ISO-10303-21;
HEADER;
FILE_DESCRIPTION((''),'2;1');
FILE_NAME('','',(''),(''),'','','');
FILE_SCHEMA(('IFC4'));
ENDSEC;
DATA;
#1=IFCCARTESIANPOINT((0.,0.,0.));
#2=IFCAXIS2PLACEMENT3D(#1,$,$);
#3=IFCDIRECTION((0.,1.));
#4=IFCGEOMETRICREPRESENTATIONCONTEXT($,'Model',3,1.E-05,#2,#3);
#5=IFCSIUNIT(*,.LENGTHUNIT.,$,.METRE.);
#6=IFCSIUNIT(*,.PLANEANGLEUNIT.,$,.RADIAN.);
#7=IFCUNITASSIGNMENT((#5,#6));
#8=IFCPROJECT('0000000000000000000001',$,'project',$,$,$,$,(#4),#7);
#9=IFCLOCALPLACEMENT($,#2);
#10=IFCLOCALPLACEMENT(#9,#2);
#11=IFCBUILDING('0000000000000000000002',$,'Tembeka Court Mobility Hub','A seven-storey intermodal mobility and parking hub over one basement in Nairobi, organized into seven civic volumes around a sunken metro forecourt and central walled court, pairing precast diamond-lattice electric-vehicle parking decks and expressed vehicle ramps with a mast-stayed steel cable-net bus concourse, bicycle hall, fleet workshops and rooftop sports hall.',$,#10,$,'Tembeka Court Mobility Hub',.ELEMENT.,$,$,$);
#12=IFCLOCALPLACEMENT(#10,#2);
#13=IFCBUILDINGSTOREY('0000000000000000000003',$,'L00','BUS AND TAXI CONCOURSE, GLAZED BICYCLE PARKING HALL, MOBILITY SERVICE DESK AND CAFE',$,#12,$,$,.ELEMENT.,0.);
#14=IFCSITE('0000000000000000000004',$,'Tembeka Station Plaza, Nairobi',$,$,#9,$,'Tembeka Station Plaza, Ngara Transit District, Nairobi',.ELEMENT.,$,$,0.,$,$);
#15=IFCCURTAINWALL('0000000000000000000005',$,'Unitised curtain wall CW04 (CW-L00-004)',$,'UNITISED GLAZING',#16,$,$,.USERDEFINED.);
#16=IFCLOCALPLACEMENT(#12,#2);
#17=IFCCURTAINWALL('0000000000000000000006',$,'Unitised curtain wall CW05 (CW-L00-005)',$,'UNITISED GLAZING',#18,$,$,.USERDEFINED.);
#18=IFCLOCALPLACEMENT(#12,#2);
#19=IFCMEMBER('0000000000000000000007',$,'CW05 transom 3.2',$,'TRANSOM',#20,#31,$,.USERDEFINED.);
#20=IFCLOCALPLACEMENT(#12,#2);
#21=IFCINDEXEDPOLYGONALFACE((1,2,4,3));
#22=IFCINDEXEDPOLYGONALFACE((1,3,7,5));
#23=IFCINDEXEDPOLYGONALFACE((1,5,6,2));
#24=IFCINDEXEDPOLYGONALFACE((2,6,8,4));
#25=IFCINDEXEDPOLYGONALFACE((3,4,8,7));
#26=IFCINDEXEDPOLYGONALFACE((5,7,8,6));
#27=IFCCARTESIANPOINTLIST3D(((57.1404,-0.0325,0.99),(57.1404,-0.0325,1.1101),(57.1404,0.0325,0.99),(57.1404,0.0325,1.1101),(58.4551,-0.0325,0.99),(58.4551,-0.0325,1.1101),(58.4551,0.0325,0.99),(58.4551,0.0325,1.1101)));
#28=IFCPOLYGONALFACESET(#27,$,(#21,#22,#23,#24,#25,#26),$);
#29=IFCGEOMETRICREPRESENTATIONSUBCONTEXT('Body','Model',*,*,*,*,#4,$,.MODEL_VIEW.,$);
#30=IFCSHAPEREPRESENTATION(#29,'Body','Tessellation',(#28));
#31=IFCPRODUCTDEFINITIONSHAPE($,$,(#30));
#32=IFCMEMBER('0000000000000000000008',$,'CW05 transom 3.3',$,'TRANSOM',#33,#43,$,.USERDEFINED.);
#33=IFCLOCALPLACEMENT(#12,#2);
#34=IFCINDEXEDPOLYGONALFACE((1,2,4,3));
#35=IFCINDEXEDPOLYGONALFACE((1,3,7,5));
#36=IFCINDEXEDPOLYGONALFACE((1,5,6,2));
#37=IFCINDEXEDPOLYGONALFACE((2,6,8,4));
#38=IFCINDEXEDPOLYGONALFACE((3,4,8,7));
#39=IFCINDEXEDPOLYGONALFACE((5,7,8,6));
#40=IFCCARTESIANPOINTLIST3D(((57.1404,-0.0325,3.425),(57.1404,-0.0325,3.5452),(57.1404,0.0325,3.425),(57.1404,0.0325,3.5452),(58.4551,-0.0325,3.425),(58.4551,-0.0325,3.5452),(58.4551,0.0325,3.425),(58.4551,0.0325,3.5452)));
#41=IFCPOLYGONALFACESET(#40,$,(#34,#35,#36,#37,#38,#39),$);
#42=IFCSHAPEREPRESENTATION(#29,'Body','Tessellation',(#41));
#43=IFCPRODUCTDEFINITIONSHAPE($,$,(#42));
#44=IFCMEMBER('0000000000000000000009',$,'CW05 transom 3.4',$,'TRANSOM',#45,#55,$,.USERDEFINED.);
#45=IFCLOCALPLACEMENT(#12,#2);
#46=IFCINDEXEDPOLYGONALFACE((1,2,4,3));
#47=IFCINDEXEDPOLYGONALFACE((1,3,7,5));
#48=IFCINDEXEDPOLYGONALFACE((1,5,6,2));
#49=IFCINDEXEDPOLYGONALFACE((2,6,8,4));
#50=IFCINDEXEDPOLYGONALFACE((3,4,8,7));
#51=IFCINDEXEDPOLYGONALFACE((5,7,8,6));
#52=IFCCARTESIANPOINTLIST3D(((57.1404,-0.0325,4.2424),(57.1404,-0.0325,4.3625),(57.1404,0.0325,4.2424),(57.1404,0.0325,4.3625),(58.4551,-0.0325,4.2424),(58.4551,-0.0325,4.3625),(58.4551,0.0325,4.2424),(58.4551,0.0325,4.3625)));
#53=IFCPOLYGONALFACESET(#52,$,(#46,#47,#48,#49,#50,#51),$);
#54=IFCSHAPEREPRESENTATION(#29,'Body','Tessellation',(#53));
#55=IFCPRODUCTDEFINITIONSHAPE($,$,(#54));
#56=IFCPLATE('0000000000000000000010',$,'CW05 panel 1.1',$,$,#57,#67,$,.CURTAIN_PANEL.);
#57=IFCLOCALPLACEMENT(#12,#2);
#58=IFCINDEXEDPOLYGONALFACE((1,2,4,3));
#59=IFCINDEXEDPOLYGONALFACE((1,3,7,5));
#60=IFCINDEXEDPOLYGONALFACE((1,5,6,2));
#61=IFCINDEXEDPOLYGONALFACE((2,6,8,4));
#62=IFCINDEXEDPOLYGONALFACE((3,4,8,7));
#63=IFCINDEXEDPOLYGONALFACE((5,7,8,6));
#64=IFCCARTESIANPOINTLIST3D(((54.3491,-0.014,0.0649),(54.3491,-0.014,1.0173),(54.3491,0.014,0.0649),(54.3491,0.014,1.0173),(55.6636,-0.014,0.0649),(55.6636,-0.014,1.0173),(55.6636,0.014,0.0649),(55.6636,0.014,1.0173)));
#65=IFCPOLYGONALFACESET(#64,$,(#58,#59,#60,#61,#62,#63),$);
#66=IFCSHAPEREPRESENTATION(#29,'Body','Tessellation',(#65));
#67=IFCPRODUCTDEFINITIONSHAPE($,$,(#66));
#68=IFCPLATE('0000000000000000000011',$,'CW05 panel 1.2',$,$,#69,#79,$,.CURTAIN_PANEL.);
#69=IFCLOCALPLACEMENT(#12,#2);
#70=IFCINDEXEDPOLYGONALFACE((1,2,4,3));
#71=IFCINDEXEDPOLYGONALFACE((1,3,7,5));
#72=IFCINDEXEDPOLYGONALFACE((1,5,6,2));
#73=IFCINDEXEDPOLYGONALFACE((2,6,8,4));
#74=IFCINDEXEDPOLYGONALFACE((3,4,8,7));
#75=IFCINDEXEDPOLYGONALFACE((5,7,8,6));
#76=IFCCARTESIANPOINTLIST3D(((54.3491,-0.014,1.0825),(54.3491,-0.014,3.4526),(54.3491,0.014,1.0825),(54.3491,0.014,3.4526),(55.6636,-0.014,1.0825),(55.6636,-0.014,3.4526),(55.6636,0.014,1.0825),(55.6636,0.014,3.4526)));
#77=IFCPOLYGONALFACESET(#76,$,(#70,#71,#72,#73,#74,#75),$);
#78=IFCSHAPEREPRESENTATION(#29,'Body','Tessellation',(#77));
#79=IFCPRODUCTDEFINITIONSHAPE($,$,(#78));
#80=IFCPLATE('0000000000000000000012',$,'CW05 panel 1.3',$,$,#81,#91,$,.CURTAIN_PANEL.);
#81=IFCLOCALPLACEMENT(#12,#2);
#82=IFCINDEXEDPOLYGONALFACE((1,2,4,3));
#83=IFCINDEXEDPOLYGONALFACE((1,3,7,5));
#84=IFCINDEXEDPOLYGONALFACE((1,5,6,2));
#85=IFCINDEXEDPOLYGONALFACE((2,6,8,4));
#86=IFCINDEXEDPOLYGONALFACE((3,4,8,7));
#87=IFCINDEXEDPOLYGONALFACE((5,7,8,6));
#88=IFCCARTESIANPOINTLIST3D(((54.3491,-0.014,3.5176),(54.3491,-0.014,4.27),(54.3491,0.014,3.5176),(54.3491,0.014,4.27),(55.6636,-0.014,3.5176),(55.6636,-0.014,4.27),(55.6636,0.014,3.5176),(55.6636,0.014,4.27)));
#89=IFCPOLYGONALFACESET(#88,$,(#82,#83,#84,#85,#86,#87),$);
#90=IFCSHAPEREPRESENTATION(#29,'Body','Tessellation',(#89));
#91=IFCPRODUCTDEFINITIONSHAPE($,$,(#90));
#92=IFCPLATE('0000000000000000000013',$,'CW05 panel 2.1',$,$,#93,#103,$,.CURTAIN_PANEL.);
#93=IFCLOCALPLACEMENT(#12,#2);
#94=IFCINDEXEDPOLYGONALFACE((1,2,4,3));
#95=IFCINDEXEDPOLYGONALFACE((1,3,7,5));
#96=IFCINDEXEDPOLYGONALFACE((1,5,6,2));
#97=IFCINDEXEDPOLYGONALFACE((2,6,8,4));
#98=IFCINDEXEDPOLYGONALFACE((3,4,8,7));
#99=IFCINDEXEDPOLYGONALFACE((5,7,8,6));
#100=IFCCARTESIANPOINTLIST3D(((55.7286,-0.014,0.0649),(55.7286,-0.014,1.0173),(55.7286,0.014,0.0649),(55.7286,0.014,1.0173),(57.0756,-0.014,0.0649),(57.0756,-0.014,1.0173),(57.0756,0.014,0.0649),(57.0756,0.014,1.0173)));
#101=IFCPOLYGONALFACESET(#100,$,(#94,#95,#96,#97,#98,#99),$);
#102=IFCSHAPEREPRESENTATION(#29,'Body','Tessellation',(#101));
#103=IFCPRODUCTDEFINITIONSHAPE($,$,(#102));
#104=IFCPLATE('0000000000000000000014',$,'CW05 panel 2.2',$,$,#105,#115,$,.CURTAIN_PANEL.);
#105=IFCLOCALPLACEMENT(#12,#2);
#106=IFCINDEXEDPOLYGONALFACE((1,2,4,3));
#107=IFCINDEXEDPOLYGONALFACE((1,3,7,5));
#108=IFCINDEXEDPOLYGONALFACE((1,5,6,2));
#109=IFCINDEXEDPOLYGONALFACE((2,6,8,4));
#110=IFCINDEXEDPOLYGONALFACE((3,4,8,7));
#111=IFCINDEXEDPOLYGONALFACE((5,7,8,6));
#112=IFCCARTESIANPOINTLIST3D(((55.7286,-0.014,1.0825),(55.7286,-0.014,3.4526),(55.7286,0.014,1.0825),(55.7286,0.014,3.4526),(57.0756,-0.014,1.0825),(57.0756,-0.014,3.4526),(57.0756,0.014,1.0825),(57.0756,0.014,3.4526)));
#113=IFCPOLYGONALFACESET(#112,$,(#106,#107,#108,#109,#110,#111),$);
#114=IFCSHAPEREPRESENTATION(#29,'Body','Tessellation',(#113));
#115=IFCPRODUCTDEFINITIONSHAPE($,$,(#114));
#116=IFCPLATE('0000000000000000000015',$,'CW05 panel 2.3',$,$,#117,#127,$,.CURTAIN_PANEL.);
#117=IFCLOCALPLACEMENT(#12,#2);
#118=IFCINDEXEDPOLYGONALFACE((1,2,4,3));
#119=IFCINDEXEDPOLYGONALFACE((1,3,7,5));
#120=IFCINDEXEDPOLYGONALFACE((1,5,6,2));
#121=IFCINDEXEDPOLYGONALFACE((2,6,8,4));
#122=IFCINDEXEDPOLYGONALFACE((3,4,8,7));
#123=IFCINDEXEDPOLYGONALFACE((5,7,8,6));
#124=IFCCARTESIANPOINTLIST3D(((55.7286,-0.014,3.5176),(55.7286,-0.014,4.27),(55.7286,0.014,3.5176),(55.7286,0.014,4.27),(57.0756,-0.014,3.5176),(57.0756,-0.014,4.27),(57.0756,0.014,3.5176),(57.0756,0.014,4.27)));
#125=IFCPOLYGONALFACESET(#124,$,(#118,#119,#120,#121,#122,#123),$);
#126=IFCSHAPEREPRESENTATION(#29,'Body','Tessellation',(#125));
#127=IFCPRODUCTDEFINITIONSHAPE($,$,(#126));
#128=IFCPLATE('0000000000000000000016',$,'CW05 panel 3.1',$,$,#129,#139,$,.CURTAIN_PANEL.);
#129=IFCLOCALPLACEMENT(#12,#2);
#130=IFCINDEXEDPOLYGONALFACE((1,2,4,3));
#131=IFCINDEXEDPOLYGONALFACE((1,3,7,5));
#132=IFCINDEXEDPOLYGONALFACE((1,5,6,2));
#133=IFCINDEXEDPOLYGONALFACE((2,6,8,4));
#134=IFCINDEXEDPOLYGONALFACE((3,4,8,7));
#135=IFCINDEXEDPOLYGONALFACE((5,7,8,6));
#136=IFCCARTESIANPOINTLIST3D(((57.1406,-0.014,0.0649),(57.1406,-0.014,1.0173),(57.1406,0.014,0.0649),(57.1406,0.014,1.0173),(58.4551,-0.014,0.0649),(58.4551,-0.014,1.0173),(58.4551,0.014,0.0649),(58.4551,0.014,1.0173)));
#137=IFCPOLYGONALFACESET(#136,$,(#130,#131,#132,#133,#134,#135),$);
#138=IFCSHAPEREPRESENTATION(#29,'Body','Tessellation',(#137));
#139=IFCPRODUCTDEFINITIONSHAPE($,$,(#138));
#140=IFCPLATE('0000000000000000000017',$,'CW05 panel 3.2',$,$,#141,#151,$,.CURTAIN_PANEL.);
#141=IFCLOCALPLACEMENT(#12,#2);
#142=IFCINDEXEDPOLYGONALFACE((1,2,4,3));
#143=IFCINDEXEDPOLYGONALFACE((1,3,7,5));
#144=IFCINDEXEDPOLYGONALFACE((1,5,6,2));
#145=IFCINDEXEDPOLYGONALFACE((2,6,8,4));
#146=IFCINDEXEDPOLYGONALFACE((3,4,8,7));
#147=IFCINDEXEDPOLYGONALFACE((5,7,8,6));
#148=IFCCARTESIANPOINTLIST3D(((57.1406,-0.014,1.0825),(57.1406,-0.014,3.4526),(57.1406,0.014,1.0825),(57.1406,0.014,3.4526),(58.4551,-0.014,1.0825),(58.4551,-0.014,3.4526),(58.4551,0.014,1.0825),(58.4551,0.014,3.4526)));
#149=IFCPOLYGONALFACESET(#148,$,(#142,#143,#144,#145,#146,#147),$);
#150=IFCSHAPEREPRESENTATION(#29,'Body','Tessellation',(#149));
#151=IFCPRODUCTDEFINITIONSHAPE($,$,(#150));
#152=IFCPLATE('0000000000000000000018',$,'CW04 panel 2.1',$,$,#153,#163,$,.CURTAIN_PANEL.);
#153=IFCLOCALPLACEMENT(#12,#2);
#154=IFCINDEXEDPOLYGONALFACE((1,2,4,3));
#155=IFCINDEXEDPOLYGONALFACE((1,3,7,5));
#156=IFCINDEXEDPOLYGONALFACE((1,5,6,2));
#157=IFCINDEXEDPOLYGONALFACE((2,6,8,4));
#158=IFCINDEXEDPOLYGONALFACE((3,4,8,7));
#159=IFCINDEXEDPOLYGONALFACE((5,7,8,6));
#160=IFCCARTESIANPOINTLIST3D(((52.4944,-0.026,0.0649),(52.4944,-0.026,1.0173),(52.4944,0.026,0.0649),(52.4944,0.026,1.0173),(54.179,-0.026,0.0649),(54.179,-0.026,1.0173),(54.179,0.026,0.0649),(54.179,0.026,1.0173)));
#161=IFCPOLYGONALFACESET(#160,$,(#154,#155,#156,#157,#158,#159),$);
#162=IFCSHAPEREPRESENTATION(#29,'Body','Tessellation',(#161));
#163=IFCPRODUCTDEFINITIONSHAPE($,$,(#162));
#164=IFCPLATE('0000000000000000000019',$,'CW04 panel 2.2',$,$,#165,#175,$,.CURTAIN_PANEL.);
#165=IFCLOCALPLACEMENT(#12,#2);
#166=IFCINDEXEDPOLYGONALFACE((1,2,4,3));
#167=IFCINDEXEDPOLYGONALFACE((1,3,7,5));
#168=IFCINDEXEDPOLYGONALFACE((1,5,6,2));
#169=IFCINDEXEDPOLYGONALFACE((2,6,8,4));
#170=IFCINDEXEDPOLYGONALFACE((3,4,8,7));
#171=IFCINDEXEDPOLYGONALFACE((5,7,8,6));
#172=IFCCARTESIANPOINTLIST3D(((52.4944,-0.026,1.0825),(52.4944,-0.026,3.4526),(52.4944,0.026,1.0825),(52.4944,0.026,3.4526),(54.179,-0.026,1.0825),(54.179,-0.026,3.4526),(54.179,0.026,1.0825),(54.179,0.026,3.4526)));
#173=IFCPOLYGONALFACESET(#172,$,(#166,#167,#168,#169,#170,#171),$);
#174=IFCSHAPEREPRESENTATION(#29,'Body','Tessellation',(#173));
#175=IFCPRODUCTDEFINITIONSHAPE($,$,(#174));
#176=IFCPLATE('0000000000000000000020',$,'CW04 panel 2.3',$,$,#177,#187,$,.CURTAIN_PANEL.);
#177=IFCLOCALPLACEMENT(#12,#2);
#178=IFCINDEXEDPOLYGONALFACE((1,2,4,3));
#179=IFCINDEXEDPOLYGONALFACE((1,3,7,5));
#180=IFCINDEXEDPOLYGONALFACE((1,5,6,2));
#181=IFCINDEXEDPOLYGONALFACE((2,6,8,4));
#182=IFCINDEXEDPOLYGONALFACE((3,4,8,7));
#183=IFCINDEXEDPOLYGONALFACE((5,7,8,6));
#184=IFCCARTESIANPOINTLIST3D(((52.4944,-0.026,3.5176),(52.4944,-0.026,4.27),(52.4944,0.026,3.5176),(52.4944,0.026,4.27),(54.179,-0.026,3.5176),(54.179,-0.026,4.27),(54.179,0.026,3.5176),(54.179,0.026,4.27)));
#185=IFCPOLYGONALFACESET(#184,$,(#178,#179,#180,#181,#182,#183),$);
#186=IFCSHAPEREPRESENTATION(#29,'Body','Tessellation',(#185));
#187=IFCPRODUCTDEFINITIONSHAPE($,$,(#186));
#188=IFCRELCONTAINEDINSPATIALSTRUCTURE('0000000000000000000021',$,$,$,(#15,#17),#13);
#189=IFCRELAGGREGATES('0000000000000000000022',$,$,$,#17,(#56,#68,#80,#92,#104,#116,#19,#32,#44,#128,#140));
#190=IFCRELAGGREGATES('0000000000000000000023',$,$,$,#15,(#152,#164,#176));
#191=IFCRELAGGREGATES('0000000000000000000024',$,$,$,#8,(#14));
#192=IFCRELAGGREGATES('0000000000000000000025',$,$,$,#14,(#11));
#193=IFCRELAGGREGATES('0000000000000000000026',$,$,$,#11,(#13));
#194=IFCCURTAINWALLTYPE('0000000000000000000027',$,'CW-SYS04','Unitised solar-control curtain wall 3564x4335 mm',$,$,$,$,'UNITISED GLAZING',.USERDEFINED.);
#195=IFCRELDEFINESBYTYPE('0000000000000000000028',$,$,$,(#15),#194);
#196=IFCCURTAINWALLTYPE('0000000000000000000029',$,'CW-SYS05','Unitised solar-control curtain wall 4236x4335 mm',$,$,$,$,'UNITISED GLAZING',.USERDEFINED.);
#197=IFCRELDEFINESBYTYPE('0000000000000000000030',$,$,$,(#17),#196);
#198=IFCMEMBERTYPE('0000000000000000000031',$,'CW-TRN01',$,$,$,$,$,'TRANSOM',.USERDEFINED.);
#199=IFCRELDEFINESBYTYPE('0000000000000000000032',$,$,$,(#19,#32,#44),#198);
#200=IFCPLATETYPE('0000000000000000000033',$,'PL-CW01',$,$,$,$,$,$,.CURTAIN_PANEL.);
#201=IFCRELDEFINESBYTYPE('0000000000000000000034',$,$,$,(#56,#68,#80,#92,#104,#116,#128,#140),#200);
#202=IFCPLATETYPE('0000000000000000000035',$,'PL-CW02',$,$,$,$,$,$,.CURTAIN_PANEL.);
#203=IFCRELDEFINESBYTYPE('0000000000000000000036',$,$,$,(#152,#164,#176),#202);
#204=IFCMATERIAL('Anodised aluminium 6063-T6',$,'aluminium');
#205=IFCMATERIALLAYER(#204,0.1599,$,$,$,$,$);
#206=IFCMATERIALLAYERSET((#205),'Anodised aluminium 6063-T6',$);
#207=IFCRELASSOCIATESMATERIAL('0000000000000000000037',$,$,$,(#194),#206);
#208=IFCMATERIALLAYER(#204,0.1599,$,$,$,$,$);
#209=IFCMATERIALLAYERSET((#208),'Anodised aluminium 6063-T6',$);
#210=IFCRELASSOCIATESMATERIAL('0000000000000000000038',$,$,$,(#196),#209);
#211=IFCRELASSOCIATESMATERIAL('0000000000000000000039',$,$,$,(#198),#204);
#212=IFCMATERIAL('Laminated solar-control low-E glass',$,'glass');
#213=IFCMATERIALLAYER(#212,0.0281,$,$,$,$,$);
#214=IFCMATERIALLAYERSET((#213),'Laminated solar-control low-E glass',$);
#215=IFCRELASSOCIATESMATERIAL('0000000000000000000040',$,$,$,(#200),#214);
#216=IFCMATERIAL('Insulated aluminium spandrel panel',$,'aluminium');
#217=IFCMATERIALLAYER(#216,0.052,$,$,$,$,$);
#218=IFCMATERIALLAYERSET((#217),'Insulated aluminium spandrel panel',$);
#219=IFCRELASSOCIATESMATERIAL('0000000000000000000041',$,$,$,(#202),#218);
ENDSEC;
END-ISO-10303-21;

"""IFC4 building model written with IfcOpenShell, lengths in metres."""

from ifc_helpers import new_model, si_unit, direction, frame, origin, origin_2d, place, context, subcontext, project, spatial, rectangle, extrude, material, layer, layer_set, material_profile, profile_set, type_object, element, aggregate, save


model = new_model("IFC4")

# Units and contexts
model_context = context("Model", 3, precision=1e-05, world=origin(), true_north=direction((0.0, 1.0)))
body_context = subcontext(model_context, "Body", "Model", "MODEL_VIEW")
ifc_project = project(units=[si_unit("LENGTHUNIT", "METRE"), si_unit("PLANEANGLEUNIT", "RADIAN")], contexts=[model_context])

# Site, building, storey
site_placement = place(None, origin())
site = spatial("IfcSite", under=ifc_project, at=site_placement, Name="Tembeka Station Plaza, Nairobi", LongName="Tembeka Station Plaza, Ngara Transit District, Nairobi", CompositionType="ELEMENT", RefElevation=0.0)
building_placement = place(site_placement, origin())
building = spatial("IfcBuilding", under=site, at=building_placement, Name="Tembeka Court Mobility Hub", Description="A seven-storey intermodal mobility and parking hub over one basement in Nairobi, organized into seven civic volumes around a sunken metro forecourt and central walled court, pairing precast diamond-lattice electric-vehicle parking decks and expressed vehicle ramps with a mast-stayed steel cable-net bus concourse, bicycle hall, fleet workshops and rooftop sports hall.", LongName="Tembeka Court Mobility Hub", CompositionType="ELEMENT")
storey_placement = place(building_placement, origin())
storey = spatial("IfcBuildingStorey", under=building, at=storey_placement, Name="L00", Description="BUS AND TAXI CONCOURSE, GLAZED BICYCLE PARKING HALL, MOBILITY SERVICE DESK AND CAFE", CompositionType="ELEMENT", Elevation=0.0)

# Curtain wall
ifc_material_1 = material(Name="Anodised aluminium 6063-T6", Category="aluminium")
ifc_layer_1 = layer(ifc_material_1, 0.1599)
ifc_layer_set_1 = layer_set([ifc_layer_1], Name="Anodised aluminium 6063-T6")
curtain_wall_type_1 = type_object("IfcCurtainWallType", Name="CW-SYS04", Description="Unitised solar-control curtain wall 3564x4335 mm", ElementType="UNITISED GLAZING", PredefinedType="USERDEFINED", material=ifc_layer_set_1)
curtain_wall_1_placement = place(storey_placement, origin())
curtain_wall_1 = element("IfcCurtainWall", 1, at=curtain_wall_1_placement, inside=storey, type_object=curtain_wall_type_1, Name="Unitised curtain wall CW04 (CW-L00-004)", ObjectType="UNITISED GLAZING", PredefinedType="USERDEFINED")

# Curtain wall
ifc_layer_2 = layer(ifc_material_1, 0.1599)
ifc_layer_set_2 = layer_set([ifc_layer_2], Name="Anodised aluminium 6063-T6")
curtain_wall_type_2 = type_object("IfcCurtainWallType", Name="CW-SYS05", Description="Unitised solar-control curtain wall 4236x4335 mm", ElementType="UNITISED GLAZING", PredefinedType="USERDEFINED", material=ifc_layer_set_2)
curtain_wall_2_placement = place(storey_placement, origin())
curtain_wall_2 = element("IfcCurtainWall", 2, at=curtain_wall_2_placement, inside=storey, type_object=curtain_wall_type_2, Name="Unitised curtain wall CW05 (CW-L00-005)", ObjectType="UNITISED GLAZING", PredefinedType="USERDEFINED")

# Members
ifc_material_profile_1 = material_profile(ifc_material_1, rectangle(XDim=0.0649, YDim=0.1201, at=origin_2d()), Name="ALU-TRN 65x120")
ifc_profile_set_1 = profile_set([ifc_material_profile_1], Name="Anodised aluminium 6063-T6")
member_type_1 = type_object("IfcMemberType", Name="CW-TRN01", ElementType="TRANSOM", PredefinedType="USERDEFINED", material=ifc_profile_set_1)
member_1_placement = place(storey_placement, frame((57.1404, 0.0, 1.05), z_axis=(1.0, 0.0, 0.0), x_axis=(0.0, 1.0, 0.0)))
member_1 = element("IfcMember", 3, at=member_1_placement, type_object=member_type_1, Name="CW05 transom 3.2", ObjectType="TRANSOM", PredefinedType="USERDEFINED", context=body_context, shape_type="SweptSolid", body=[
    extrude(rectangle(XDim=0.0649, YDim=0.1201, at=origin_2d()), origin(), (0.0, 0.0, 1.0), 1.3147),
])
member_2_placement = place(storey_placement, frame((57.1404, 0.0, 3.4851), z_axis=(1.0, 0.0, 0.0), x_axis=(0.0, 1.0, 0.0)))
member_2 = element("IfcMember", 4, at=member_2_placement, type_object=member_type_1, Name="CW05 transom 3.3", ObjectType="TRANSOM", PredefinedType="USERDEFINED", context=body_context, shape_type="SweptSolid", body=[
    extrude(rectangle(XDim=0.0649, YDim=0.1201, at=origin_2d()), origin(), (0.0, 0.0, 1.0), 1.3147),
])
member_3_placement = place(storey_placement, frame((57.1404, 0.0, 4.3025), z_axis=(1.0, 0.0, 0.0), x_axis=(0.0, 1.0, 0.0)))
member_3 = element("IfcMember", 5, at=member_3_placement, type_object=member_type_1, Name="CW05 transom 3.4", ObjectType="TRANSOM", PredefinedType="USERDEFINED", context=body_context, shape_type="SweptSolid", body=[
    extrude(rectangle(XDim=0.0649, YDim=0.1201, at=origin_2d()), origin(), (0.0, 0.0, 1.0), 1.3147),
])

# Plates
ifc_material_2 = material(Name="Laminated solar-control low-E glass", Category="glass")
ifc_layer_3 = layer(ifc_material_2, 0.0281)
ifc_layer_set_3 = layer_set([ifc_layer_3], Name="Laminated solar-control low-E glass")
plate_type_1 = type_object("IfcPlateType", Name="PL-CW01", PredefinedType="CURTAIN_PANEL", material=ifc_layer_set_3)
plate_1_placement = place(storey_placement, frame((55.0063, 0.0, 0.0649), z_axis=(0.0, 0.0, 1.0), x_axis=(1.0, 0.0, 0.0)))
plate_1 = element("IfcPlate", 6, at=plate_1_placement, type_object=plate_type_1, Name="CW05 panel 1.1", PredefinedType="CURTAIN_PANEL", context=body_context, shape_type="SweptSolid", body=[
    extrude(rectangle(XDim=1.3145, YDim=0.0281, at=origin_2d()), origin(), (0.0, 0.0, 1.0), 0.9524),
])
plate_2_placement = place(storey_placement, frame((55.0063, 0.0, 1.0825), z_axis=(0.0, 0.0, 1.0), x_axis=(1.0, 0.0, 0.0)))
plate_2 = element("IfcPlate", 7, at=plate_2_placement, type_object=plate_type_1, Name="CW05 panel 1.2", PredefinedType="CURTAIN_PANEL", context=body_context, shape_type="SweptSolid", body=[
    extrude(rectangle(XDim=1.3145, YDim=0.0281, at=origin_2d()), origin(), (0.0, 0.0, 1.0), 2.3701),
])
plate_3_placement = place(storey_placement, frame((55.0063, 0.0, 3.5176), z_axis=(0.0, 0.0, 1.0), x_axis=(1.0, 0.0, 0.0)))
plate_3 = element("IfcPlate", 8, at=plate_3_placement, type_object=plate_type_1, Name="CW05 panel 1.3", PredefinedType="CURTAIN_PANEL", context=body_context, shape_type="SweptSolid", body=[
    extrude(rectangle(XDim=1.3145, YDim=0.0281, at=origin_2d()), origin(), (0.0, 0.0, 1.0), 0.7524),
])
plate_4_placement = place(storey_placement, frame((56.4021, 0.0, 0.0649), z_axis=(0.0, 0.0, 1.0), x_axis=(1.0, 0.0, 0.0)))
plate_4 = element("IfcPlate", 9, at=plate_4_placement, type_object=plate_type_1, Name="CW05 panel 2.1", PredefinedType="CURTAIN_PANEL", context=body_context, shape_type="SweptSolid", body=[
    extrude(rectangle(XDim=1.3469, YDim=0.0281, at=origin_2d()), origin(), (0.0, 0.0, 1.0), 0.9524),
])
plate_5_placement = place(storey_placement, frame((56.4021, 0.0, 1.0825), z_axis=(0.0, 0.0, 1.0), x_axis=(1.0, 0.0, 0.0)))
plate_5 = element("IfcPlate", 10, at=plate_5_placement, type_object=plate_type_1, Name="CW05 panel 2.2", PredefinedType="CURTAIN_PANEL", context=body_context, shape_type="SweptSolid", body=[
    extrude(rectangle(XDim=1.3469, YDim=0.0281, at=origin_2d()), origin(), (0.0, 0.0, 1.0), 2.3701),
])
plate_6_placement = place(storey_placement, frame((56.4021, 0.0, 3.5176), z_axis=(0.0, 0.0, 1.0), x_axis=(1.0, 0.0, 0.0)))
plate_6 = element("IfcPlate", 11, at=plate_6_placement, type_object=plate_type_1, Name="CW05 panel 2.3", PredefinedType="CURTAIN_PANEL", context=body_context, shape_type="SweptSolid", body=[
    extrude(rectangle(XDim=1.3469, YDim=0.0281, at=origin_2d()), origin(), (0.0, 0.0, 1.0), 0.7524),
])
plate_7_placement = place(storey_placement, frame((57.7979, 0.0, 0.0649), z_axis=(0.0, 0.0, 1.0), x_axis=(1.0, 0.0, 0.0)))
plate_7 = element("IfcPlate", 12, at=plate_7_placement, type_object=plate_type_1, Name="CW05 panel 3.1", PredefinedType="CURTAIN_PANEL", context=body_context, shape_type="SweptSolid", body=[
    extrude(rectangle(XDim=1.3145, YDim=0.0281, at=origin_2d()), origin(), (0.0, 0.0, 1.0), 0.9524),
])
plate_8_placement = place(storey_placement, frame((57.7979, 0.0, 1.0825), z_axis=(0.0, 0.0, 1.0), x_axis=(1.0, 0.0, 0.0)))
plate_8 = element("IfcPlate", 13, at=plate_8_placement, type_object=plate_type_1, Name="CW05 panel 3.2", PredefinedType="CURTAIN_PANEL", context=body_context, shape_type="SweptSolid", body=[
    extrude(rectangle(XDim=1.3145, YDim=0.0281, at=origin_2d()), origin(), (0.0, 0.0, 1.0), 2.3701),
])
aggregate(curtain_wall_2, [plate_1, plate_2, plate_3, plate_4, plate_5, plate_6, member_1, member_2, member_3, plate_7, plate_8])
ifc_material_3 = material(Name="Insulated aluminium spandrel panel", Category="aluminium")
ifc_layer_4 = layer(ifc_material_3, 0.052)
ifc_layer_set_4 = layer_set([ifc_layer_4], Name="Insulated aluminium spandrel panel")
plate_type_2 = type_object("IfcPlateType", Name="PL-CW02", PredefinedType="CURTAIN_PANEL", material=ifc_layer_set_4)
plate_9_placement = place(storey_placement, frame((53.3367, 0.0, 0.0649), z_axis=(0.0, 0.0, 1.0), x_axis=(1.0, 0.0, 0.0)))
plate_9 = element("IfcPlate", 14, at=plate_9_placement, type_object=plate_type_2, Name="CW04 panel 2.1", PredefinedType="CURTAIN_PANEL", context=body_context, shape_type="SweptSolid", body=[
    extrude(rectangle(XDim=1.6846, YDim=0.052, at=origin_2d()), origin(), (0.0, 0.0, 1.0), 0.9524),
])
plate_10_placement = place(storey_placement, frame((53.3367, 0.0, 1.0825), z_axis=(0.0, 0.0, 1.0), x_axis=(1.0, 0.0, 0.0)))
plate_10 = element("IfcPlate", 15, at=plate_10_placement, type_object=plate_type_2, Name="CW04 panel 2.2", PredefinedType="CURTAIN_PANEL", context=body_context, shape_type="SweptSolid", body=[
    extrude(rectangle(XDim=1.6846, YDim=0.052, at=origin_2d()), origin(), (0.0, 0.0, 1.0), 2.3701),
])
plate_11_placement = place(storey_placement, frame((53.3367, 0.0, 3.5176), z_axis=(0.0, 0.0, 1.0), x_axis=(1.0, 0.0, 0.0)))
plate_11 = element("IfcPlate", 16, at=plate_11_placement, type_object=plate_type_2, Name="CW04 panel 2.3", PredefinedType="CURTAIN_PANEL", context=body_context, shape_type="SweptSolid", body=[
    extrude(rectangle(XDim=1.6846, YDim=0.052, at=origin_2d()), origin(), (0.0, 0.0, 1.0), 0.7524),
])
aggregate(curtain_wall_1, [plate_9, plate_10, plate_11])

save(model, "model.ifc")
